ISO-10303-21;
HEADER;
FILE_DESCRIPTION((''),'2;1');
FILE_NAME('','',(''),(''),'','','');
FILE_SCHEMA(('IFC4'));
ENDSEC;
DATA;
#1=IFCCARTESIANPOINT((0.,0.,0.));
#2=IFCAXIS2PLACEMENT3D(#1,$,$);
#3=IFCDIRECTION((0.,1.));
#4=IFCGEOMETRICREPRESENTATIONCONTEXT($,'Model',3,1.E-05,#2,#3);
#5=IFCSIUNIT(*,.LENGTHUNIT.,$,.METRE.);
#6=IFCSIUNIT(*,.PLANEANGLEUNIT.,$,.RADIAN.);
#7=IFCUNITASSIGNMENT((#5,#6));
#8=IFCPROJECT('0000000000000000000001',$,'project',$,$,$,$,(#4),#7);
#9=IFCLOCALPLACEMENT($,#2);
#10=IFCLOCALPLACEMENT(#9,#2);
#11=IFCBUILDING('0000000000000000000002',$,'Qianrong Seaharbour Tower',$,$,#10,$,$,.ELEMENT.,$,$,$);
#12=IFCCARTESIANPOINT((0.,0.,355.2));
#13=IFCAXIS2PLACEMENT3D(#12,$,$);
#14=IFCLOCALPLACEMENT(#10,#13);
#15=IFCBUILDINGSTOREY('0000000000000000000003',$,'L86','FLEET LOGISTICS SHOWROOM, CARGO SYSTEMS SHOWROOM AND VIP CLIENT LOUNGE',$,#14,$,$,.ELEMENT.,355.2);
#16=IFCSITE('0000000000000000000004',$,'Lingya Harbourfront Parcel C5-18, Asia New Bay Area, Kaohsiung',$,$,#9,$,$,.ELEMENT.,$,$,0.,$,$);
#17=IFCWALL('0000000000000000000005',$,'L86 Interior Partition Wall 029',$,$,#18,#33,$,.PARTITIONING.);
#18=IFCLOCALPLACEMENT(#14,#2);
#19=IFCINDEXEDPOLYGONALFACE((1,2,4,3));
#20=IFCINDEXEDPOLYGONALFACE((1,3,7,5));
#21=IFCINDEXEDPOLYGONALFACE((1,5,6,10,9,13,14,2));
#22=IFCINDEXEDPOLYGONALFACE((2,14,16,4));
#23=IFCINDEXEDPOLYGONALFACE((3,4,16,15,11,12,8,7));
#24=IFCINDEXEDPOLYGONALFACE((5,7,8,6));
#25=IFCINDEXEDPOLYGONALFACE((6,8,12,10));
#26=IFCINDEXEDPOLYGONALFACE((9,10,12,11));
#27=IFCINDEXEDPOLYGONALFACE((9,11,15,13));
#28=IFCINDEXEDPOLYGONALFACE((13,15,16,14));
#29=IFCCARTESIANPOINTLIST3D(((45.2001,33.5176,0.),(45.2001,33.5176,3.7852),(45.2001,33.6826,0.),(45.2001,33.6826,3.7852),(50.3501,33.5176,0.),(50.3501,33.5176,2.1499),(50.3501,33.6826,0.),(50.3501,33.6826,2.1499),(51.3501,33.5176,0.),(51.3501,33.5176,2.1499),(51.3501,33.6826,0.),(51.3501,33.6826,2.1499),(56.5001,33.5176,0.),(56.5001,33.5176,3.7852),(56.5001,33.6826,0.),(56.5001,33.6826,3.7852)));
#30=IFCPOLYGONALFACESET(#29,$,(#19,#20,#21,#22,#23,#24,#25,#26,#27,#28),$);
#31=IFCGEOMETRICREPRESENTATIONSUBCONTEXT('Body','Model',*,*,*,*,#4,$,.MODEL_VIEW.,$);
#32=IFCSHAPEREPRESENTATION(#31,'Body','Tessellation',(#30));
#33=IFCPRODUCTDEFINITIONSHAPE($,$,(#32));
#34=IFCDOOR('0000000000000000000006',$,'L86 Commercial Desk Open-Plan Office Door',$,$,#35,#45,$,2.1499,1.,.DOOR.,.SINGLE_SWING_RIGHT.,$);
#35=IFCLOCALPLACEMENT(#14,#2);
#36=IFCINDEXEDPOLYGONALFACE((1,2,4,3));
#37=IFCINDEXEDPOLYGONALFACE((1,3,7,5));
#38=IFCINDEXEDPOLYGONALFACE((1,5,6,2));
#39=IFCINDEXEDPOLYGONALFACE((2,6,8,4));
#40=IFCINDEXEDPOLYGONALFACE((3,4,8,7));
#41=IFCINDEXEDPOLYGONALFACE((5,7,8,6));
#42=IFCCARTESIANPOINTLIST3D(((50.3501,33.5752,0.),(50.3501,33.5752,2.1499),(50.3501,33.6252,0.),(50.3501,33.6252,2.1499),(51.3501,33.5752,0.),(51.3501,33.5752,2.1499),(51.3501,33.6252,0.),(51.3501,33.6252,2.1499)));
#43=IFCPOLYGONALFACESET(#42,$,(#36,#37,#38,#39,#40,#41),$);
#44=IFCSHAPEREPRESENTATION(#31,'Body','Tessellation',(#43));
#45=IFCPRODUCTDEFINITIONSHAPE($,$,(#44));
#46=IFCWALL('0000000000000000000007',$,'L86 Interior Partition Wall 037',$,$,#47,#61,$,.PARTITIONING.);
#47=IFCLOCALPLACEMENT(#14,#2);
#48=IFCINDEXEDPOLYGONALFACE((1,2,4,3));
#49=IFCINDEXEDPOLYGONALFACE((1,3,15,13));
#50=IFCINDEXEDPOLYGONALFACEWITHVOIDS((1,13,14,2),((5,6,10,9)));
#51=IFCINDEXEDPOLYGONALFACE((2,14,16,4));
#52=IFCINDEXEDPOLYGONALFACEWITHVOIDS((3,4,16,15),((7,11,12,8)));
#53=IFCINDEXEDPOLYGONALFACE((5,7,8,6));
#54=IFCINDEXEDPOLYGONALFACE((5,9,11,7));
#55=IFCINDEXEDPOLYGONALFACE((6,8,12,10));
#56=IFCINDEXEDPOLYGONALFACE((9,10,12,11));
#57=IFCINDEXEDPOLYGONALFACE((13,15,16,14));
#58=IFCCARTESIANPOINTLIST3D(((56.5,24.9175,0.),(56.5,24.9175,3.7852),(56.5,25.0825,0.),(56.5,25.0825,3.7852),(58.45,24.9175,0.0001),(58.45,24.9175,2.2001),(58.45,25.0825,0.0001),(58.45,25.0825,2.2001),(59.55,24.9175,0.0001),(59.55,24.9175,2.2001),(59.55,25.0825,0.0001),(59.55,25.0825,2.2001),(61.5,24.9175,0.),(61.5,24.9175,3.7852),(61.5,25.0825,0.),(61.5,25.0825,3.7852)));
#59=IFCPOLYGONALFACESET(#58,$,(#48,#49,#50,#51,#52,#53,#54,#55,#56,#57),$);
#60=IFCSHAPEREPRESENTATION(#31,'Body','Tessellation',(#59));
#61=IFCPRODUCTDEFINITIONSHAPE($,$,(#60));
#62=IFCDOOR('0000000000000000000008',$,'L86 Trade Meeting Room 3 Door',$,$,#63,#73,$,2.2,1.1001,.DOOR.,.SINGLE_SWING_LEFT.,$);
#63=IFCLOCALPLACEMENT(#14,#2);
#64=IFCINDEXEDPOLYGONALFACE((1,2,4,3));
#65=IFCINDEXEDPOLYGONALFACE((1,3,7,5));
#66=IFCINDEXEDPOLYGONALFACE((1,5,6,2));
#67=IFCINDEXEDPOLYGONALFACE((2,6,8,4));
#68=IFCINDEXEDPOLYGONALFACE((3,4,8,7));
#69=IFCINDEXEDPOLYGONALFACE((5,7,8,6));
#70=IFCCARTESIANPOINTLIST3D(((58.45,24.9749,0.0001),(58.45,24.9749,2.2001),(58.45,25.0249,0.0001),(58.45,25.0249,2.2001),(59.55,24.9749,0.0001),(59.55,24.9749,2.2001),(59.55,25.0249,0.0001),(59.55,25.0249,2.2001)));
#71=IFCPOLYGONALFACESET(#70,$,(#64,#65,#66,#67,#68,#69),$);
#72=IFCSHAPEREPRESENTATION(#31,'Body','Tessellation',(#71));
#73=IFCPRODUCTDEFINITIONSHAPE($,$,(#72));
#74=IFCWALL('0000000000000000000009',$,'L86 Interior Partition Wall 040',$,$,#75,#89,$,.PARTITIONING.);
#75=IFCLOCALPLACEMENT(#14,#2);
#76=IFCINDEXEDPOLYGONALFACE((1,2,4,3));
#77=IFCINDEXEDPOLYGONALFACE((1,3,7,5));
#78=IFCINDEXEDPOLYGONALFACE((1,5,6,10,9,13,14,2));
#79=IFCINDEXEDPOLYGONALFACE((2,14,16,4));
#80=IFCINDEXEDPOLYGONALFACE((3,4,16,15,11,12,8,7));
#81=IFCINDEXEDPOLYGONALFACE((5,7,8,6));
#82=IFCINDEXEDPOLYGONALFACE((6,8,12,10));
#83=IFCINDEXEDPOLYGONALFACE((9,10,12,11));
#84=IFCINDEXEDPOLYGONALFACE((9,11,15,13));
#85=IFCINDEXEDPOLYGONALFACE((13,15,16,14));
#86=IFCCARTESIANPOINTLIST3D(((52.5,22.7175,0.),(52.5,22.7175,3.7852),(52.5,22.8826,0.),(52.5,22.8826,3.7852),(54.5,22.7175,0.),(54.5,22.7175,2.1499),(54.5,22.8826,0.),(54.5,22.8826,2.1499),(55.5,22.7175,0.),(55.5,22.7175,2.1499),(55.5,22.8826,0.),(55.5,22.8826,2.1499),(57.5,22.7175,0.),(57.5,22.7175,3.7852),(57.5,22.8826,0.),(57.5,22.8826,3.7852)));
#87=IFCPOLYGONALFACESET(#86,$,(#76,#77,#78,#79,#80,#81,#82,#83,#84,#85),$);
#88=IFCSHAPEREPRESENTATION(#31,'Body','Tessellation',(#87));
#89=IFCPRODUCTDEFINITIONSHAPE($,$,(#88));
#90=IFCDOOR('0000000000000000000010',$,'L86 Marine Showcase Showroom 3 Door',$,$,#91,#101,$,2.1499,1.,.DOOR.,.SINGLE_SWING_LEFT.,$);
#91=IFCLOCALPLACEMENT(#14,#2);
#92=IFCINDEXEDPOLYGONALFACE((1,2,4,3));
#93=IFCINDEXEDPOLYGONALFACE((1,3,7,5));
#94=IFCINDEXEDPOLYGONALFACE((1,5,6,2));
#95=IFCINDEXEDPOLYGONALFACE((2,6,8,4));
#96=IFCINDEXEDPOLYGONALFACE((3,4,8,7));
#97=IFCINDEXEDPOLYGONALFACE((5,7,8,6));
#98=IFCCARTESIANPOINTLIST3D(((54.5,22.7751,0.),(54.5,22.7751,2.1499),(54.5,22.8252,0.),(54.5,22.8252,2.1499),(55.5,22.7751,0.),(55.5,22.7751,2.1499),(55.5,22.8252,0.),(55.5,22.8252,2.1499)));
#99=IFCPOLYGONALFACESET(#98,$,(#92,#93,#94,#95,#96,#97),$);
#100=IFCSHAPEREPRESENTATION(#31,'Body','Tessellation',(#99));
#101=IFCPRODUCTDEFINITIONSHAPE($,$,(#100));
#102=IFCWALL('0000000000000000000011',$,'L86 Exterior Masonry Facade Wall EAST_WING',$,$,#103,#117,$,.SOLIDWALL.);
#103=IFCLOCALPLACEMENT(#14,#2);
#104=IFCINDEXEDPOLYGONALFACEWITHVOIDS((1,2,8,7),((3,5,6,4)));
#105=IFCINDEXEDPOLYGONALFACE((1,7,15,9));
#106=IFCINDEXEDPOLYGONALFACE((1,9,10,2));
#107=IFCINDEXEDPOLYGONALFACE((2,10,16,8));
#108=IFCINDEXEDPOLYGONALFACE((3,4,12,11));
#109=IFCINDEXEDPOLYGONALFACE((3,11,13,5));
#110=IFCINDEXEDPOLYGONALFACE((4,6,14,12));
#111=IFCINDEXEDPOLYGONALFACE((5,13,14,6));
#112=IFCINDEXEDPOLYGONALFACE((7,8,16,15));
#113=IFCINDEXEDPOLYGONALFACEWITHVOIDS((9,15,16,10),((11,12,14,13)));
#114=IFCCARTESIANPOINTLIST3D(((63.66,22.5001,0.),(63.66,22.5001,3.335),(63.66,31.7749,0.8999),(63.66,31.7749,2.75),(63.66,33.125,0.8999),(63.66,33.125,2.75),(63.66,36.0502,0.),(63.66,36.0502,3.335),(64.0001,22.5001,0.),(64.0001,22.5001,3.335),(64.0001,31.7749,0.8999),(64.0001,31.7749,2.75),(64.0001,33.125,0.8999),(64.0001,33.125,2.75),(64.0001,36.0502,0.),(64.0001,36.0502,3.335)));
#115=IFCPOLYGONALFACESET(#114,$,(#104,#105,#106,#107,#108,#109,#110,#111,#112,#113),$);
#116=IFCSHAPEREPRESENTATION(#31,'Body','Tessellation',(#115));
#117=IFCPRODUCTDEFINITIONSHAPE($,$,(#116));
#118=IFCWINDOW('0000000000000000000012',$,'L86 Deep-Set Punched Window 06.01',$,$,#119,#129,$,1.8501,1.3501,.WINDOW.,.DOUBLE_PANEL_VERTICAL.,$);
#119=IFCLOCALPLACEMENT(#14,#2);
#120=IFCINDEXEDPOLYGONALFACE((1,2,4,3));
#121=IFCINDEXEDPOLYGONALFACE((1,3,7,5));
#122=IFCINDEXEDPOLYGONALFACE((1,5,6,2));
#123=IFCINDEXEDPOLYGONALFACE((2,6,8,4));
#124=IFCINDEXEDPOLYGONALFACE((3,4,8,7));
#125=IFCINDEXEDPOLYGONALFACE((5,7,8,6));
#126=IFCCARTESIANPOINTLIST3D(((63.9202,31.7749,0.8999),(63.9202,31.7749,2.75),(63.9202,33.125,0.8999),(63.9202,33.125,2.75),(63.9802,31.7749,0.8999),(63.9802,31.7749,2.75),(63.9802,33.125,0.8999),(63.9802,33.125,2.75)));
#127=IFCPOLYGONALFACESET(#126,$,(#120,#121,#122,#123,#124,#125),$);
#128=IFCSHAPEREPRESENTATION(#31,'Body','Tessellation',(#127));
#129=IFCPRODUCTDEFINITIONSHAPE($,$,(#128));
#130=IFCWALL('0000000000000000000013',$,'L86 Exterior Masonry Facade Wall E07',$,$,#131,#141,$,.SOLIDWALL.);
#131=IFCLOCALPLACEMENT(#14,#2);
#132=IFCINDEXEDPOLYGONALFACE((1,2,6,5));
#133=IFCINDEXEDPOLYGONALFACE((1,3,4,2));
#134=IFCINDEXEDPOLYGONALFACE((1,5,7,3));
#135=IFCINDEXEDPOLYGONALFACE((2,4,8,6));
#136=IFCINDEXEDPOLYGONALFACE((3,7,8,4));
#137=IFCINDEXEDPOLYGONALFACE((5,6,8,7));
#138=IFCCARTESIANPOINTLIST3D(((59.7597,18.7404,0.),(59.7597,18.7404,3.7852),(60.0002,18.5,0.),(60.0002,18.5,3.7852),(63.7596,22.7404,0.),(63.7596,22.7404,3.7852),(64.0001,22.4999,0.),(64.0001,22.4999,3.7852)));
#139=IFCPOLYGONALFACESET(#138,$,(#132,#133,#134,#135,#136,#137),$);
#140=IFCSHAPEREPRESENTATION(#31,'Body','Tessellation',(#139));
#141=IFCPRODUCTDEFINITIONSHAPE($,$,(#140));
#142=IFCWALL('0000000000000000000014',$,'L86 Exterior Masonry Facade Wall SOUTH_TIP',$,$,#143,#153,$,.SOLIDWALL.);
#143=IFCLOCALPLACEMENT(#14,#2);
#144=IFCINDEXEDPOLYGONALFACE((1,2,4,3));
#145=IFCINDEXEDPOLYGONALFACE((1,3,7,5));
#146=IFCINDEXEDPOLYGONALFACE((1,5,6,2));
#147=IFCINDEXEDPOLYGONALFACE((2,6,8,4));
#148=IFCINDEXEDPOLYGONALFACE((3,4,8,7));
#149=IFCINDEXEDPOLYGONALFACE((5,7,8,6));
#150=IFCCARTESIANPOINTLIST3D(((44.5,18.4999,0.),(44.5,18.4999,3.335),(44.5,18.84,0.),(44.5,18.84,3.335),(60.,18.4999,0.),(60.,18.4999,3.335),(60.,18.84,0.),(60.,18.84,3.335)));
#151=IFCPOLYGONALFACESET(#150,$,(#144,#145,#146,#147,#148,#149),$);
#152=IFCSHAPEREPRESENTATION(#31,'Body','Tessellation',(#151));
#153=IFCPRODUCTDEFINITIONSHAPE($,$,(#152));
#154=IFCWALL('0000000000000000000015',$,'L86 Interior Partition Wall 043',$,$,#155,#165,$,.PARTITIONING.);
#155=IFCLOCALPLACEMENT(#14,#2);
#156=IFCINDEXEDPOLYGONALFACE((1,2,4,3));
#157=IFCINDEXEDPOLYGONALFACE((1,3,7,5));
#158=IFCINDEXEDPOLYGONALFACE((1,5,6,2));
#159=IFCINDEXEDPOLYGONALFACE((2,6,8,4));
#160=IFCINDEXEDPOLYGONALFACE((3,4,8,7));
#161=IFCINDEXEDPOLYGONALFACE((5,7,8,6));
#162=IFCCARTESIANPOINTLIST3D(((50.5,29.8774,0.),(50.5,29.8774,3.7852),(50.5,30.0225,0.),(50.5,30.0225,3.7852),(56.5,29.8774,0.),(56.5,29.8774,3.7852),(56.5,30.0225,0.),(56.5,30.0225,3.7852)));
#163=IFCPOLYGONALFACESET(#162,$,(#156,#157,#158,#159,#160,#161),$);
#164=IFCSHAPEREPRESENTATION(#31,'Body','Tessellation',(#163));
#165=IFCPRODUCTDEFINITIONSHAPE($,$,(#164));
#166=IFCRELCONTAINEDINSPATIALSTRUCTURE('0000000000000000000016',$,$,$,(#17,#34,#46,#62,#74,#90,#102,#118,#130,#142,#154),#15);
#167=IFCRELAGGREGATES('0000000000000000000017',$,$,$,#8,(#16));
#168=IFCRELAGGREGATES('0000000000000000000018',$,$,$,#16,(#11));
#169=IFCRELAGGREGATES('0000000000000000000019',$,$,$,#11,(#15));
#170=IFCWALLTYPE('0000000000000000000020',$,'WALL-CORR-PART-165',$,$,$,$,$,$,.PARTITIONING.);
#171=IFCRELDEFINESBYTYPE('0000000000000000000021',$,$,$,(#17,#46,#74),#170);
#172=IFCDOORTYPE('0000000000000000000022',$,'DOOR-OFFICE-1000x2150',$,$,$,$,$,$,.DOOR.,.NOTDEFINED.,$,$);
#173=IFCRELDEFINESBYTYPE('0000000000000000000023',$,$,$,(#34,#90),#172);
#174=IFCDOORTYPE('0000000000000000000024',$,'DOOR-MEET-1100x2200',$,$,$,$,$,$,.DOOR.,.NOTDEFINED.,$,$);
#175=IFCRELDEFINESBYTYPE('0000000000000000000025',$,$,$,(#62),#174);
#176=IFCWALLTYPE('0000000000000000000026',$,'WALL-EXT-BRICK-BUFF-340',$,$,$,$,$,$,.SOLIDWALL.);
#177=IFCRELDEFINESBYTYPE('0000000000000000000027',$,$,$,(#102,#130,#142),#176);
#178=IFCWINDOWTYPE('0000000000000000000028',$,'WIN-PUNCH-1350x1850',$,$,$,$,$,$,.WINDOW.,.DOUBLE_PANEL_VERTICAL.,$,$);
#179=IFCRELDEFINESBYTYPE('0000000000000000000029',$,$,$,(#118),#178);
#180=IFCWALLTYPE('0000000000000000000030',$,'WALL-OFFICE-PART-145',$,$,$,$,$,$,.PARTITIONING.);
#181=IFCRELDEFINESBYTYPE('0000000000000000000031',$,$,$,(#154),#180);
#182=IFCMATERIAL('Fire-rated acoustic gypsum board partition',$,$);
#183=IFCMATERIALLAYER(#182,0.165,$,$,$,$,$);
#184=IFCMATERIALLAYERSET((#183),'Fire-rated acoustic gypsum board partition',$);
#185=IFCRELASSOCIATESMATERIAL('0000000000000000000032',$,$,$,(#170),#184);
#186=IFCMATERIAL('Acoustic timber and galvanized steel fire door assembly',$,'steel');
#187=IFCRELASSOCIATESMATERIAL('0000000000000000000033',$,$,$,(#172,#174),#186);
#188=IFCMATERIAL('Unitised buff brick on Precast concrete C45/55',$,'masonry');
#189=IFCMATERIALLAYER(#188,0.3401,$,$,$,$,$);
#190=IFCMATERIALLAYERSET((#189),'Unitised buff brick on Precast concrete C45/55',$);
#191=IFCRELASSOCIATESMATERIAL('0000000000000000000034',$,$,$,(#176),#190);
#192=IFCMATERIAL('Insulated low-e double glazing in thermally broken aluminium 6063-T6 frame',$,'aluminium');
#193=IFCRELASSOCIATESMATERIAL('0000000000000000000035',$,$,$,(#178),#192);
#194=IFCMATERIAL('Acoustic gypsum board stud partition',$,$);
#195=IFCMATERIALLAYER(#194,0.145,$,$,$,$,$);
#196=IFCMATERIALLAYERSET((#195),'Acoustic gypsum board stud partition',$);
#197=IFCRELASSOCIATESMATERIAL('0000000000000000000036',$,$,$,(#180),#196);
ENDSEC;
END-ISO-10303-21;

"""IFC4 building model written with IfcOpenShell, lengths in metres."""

from ifc_helpers import new_model, si_unit, direction, frame, frame_2d, origin, place, context, subcontext, project, spatial, rectangle, extrude, material, layer, layer_set, type_object, element, fill, save


model = new_model("IFC4")

# Units and contexts
model_context = context("Model", 3, precision=1e-05, world=origin(), true_north=direction((0.0, 1.0)))
body_context = subcontext(model_context, "Body", "Model", "MODEL_VIEW")
ifc_project = project(units=[si_unit("LENGTHUNIT", "METRE"), si_unit("PLANEANGLEUNIT", "RADIAN")], contexts=[model_context])

# Site, building, storey
site_placement = place(None, origin())
site = spatial("IfcSite", under=ifc_project, at=site_placement, Name="Lingya Harbourfront Parcel C5-18, Asia New Bay Area, Kaohsiung", CompositionType="ELEMENT", RefElevation=0.0)
building_placement = place(site_placement, origin())
building = spatial("IfcBuilding", under=site, at=building_placement, Name="Qianrong Seaharbour Tower", CompositionType="ELEMENT")
storey_placement = place(building_placement, frame((0.0, 0.0, 355.2)))
storey = spatial("IfcBuildingStorey", under=building, at=storey_placement, Name="L86", Description="FLEET LOGISTICS SHOWROOM, CARGO SYSTEMS SHOWROOM AND VIP CLIENT LOUNGE", CompositionType="ELEMENT", Elevation=355.2)

# Shared definitions
ifc_material_1 = material(Name="Fire-rated acoustic gypsum board partition")
ifc_layer_1 = layer(ifc_material_1, 0.165)
ifc_layer_set_1 = layer_set([ifc_layer_1], Name="Fire-rated acoustic gypsum board partition")
wall_type_1 = type_object("IfcWallType", Name="WALL-CORR-PART-165", PredefinedType="PARTITIONING", material=ifc_layer_set_1)

# Walls, openings, doors
wall_1_placement = place(storey_placement, frame((56.5, 33.6001, 0.0), z_axis=(0.0, 0.0, 1.0), x_axis=(-1.0, 0.0, 0.0)))
wall_1 = element("IfcWall", 1, at=wall_1_placement, inside=storey, type_object=wall_type_1, Name="L86 Interior Partition Wall 029", PredefinedType="PARTITIONING", context=body_context, shape_type="SweptSolid", body=[
    extrude(rectangle(XDim=11.3, YDim=0.165, at=frame_2d((5.6499, 0.0))), origin(), (0.0, 0.0, 1.0), 3.7852),
])
opening_1_placement = place(wall_1_placement, frame((5.1499, 0.0, 0.0)))
opening_1 = element("IfcOpeningElement", 2, at=opening_1_placement, cuts=wall_1, PredefinedType="OPENING", context=body_context, shape_type="SweptSolid", body=[
    extrude(rectangle(XDim=1.0, YDim=2.1499, at=frame_2d((0.5, 1.075))), frame((0.0, 0.0925, 0.0), z_axis=(0.0, -1.0, 0.0), x_axis=(1.0, 0.0, 0.0)), (0.0, 0.0, 1.0), 0.1851),
])
ifc_material_2 = material(Name="Acoustic timber and galvanized steel fire door assembly", Category="steel")
door_type_1 = type_object("IfcDoorType", Name="DOOR-OFFICE-1000x2150", OperationType="NOTDEFINED", PredefinedType="DOOR", material=ifc_material_2)
door_1_placement = place(opening_1_placement, origin())
door_1 = element("IfcDoor", 3, at=door_1_placement, inside=storey, type_object=door_type_1, Name="L86 Commercial Desk Open-Plan Office Door", OperationType="SINGLE_SWING_RIGHT", OverallHeight=2.1499, OverallWidth=1.0, PredefinedType="DOOR", context=body_context, shape_type="SweptSolid", body=[
    extrude(rectangle(XDim=1.0, YDim=2.1499, at=frame_2d((0.5, 1.075))), frame((0.0, 0.0249, 0.0), z_axis=(0.0, -1.0, 0.0), x_axis=(1.0, 0.0, 0.0)), (0.0, 0.0, 1.0), 0.05),
])
fill(opening_1, door_1)
wall_2_placement = place(storey_placement, frame((56.5, 25.0, 0.0), z_axis=(0.0, 0.0, 1.0), x_axis=(1.0, 0.0, 0.0)))
wall_2 = element("IfcWall", 4, at=wall_2_placement, inside=storey, type_object=wall_type_1, Name="L86 Interior Partition Wall 037", PredefinedType="PARTITIONING", context=body_context, shape_type="SweptSolid", body=[
    extrude(rectangle(XDim=5.0, YDim=0.165, at=frame_2d((2.5, 0.0))), origin(), (0.0, 0.0, 1.0), 3.7852),
])
opening_2_placement = place(wall_2_placement, frame((1.95, 0.0, 0.0)))
opening_2 = element("IfcOpeningElement", 5, at=opening_2_placement, cuts=wall_2, PredefinedType="OPENING", context=body_context, shape_type="SweptSolid", body=[
    extrude(rectangle(XDim=1.1001, YDim=2.2, at=frame_2d((0.55, 1.1001))), frame((0.0, 0.0925, 0.0), z_axis=(0.0, -1.0, 0.0), x_axis=(1.0, 0.0, 0.0)), (0.0, 0.0, 1.0), 0.1851),
])
door_type_2 = type_object("IfcDoorType", Name="DOOR-MEET-1100x2200", OperationType="NOTDEFINED", PredefinedType="DOOR", material=ifc_material_2)
door_2_placement = place(opening_2_placement, origin())
door_2 = element("IfcDoor", 6, at=door_2_placement, inside=storey, type_object=door_type_2, Name="L86 Trade Meeting Room 3 Door", OperationType="SINGLE_SWING_LEFT", OverallHeight=2.2, OverallWidth=1.1001, PredefinedType="DOOR", context=body_context, shape_type="SweptSolid", body=[
    extrude(rectangle(XDim=1.1001, YDim=2.2, at=frame_2d((0.55, 1.1001))), frame((0.0, 0.0249, 0.0), z_axis=(0.0, -1.0, 0.0), x_axis=(1.0, 0.0, 0.0)), (0.0, 0.0, 1.0), 0.05),
])
fill(opening_2, door_2)
wall_3_placement = place(storey_placement, frame((57.5, 22.8, 0.0), z_axis=(0.0, 0.0, 1.0), x_axis=(-1.0, 0.0, 0.0)))
wall_3 = element("IfcWall", 7, at=wall_3_placement, inside=storey, type_object=wall_type_1, Name="L86 Interior Partition Wall 040", PredefinedType="PARTITIONING", context=body_context, shape_type="SweptSolid", body=[
    extrude(rectangle(XDim=5.0, YDim=0.165, at=frame_2d((2.5, 0.0))), origin(), (0.0, 0.0, 1.0), 3.7852),
])
opening_3_placement = place(wall_3_placement, frame((2.0, 0.0, 0.0)))
opening_3 = element("IfcOpeningElement", 8, at=opening_3_placement, cuts=wall_3, PredefinedType="OPENING", context=body_context, shape_type="SweptSolid", body=[
    extrude(rectangle(XDim=1.0, YDim=2.1499, at=frame_2d((0.5, 1.075))), frame((0.0, 0.0925, 0.0), z_axis=(0.0, -1.0, 0.0), x_axis=(1.0, 0.0, 0.0)), (0.0, 0.0, 1.0), 0.1851),
])
door_3_placement = place(opening_3_placement, origin())
door_3 = element("IfcDoor", 9, at=door_3_placement, inside=storey, type_object=door_type_1, Name="L86 Marine Showcase Showroom 3 Door", OperationType="SINGLE_SWING_LEFT", OverallHeight=2.1499, OverallWidth=1.0, PredefinedType="DOOR", context=body_context, shape_type="SweptSolid", body=[
    extrude(rectangle(XDim=1.0, YDim=2.1499, at=frame_2d((0.5, 1.075))), frame((0.0, 0.0249, 0.0), z_axis=(0.0, -1.0, 0.0), x_axis=(1.0, 0.0, 0.0)), (0.0, 0.0, 1.0), 0.05),
])
fill(opening_3, door_3)

# Wall, opening, window
ifc_material_3 = material(Name="Unitised buff brick on Precast concrete C45/55", Category="masonry")
ifc_layer_2 = layer(ifc_material_3, 0.3401)
ifc_layer_set_2 = layer_set([ifc_layer_2], Name="Unitised buff brick on Precast concrete C45/55")
wall_type_2 = type_object("IfcWallType", Name="WALL-EXT-BRICK-BUFF-340", PredefinedType="SOLIDWALL", material=ifc_layer_set_2)
wall_4_placement = place(storey_placement, frame((63.8301, 36.05, 0.0), z_axis=(0.0, 0.0, 1.0), x_axis=(0.0, -1.0, 0.0)))
wall_4 = element("IfcWall", 10, at=wall_4_placement, inside=storey, type_object=wall_type_2, Name="L86 Exterior Masonry Facade Wall EAST_WING", PredefinedType="SOLIDWALL", context=body_context, shape_type="SweptSolid", body=[
    extrude(rectangle(XDim=13.55, YDim=0.3401, at=frame_2d((6.7749, 0.0))), origin(), (0.0, 0.0, 1.0), 3.335),
])
opening_4_placement = place(wall_4_placement, frame((2.925, 0.0, 0.8999)))
opening_4 = element("IfcOpeningElement", 11, at=opening_4_placement, cuts=wall_4, PredefinedType="OPENING", context=body_context, shape_type="SweptSolid", body=[
    extrude(rectangle(XDim=1.3501, YDim=1.8501, at=frame_2d((0.675, 0.925))), frame((0.0, 0.1802, 0.0), z_axis=(0.0, -1.0, 0.0), x_axis=(1.0, 0.0, 0.0)), (0.0, 0.0, 1.0), 0.3601),
])
ifc_material_4 = material(Name="Insulated low-e double glazing in thermally broken aluminium 6063-T6 frame", Category="aluminium")
window_type = type_object("IfcWindowType", Name="WIN-PUNCH-1350x1850", PartitioningType="DOUBLE_PANEL_VERTICAL", PredefinedType="WINDOW", material=ifc_material_4)
window_placement = place(opening_4_placement, origin())
window = element("IfcWindow", 12, at=window_placement, inside=storey, type_object=window_type, Name="L86 Deep-Set Punched Window 06.01", OverallHeight=1.8501, OverallWidth=1.3501, PartitioningType="DOUBLE_PANEL_VERTICAL", PredefinedType="WINDOW", context=body_context, shape_type="SweptSolid", body=[
    extrude(rectangle(XDim=1.3501, YDim=1.8501, at=frame_2d((0.675, 0.925))), frame((0.0, 0.1501, 0.0), z_axis=(0.0, -1.0, 0.0), x_axis=(1.0, 0.0, 0.0)), (0.0, 0.0, 1.0), 0.0601),
])
fill(opening_4, window)

# Walls
wall_5_placement = place(storey_placement, frame((63.8799, 22.6201, 0.0), z_axis=(0.0, 0.0, 1.0), x_axis=(-0.707107, -0.707107, 0.0)))
element("IfcWall", 13, at=wall_5_placement, inside=storey, type_object=wall_type_2, Name="L86 Exterior Masonry Facade Wall E07", PredefinedType="SOLIDWALL", context=body_context, shape_type="SweptSolid", body=[
    extrude(rectangle(XDim=5.6567, YDim=0.3401, at=frame_2d((2.8284, 0.0))), origin(), (0.0, 0.0, 1.0), 3.7852),
])
wall_6_placement = place(storey_placement, frame((60.0, 18.6699, 0.0), z_axis=(0.0, 0.0, 1.0), x_axis=(-1.0, 0.0, 0.0)))
element("IfcWall", 14, at=wall_6_placement, inside=storey, type_object=wall_type_2, Name="L86 Exterior Masonry Facade Wall SOUTH_TIP", PredefinedType="SOLIDWALL", context=body_context, shape_type="SweptSolid", body=[
    extrude(rectangle(XDim=15.5, YDim=0.3401, at=frame_2d((7.75, 0.0))), origin(), (0.0, 0.0, 1.0), 3.335),
])
ifc_material_5 = material(Name="Acoustic gypsum board stud partition")
ifc_layer_3 = layer(ifc_material_5, 0.145)
ifc_layer_set_3 = layer_set([ifc_layer_3], Name="Acoustic gypsum board stud partition")
wall_type_3 = type_object("IfcWallType", Name="WALL-OFFICE-PART-145", PredefinedType="PARTITIONING", material=ifc_layer_set_3)
wall_7_placement = place(storey_placement, frame((56.5, 29.95, 0.0), z_axis=(0.0, 0.0, 1.0), x_axis=(-1.0, 0.0, 0.0)))
element("IfcWall", 15, at=wall_7_placement, inside=storey, type_object=wall_type_3, Name="L86 Interior Partition Wall 043", PredefinedType="PARTITIONING", context=body_context, shape_type="SweptSolid", body=[
    extrude(rectangle(XDim=6.0, YDim=0.145, at=frame_2d((3.0, 0.0))), origin(), (0.0, 0.0, 1.0), 3.7852),
])

save(model, "model.ifc")
